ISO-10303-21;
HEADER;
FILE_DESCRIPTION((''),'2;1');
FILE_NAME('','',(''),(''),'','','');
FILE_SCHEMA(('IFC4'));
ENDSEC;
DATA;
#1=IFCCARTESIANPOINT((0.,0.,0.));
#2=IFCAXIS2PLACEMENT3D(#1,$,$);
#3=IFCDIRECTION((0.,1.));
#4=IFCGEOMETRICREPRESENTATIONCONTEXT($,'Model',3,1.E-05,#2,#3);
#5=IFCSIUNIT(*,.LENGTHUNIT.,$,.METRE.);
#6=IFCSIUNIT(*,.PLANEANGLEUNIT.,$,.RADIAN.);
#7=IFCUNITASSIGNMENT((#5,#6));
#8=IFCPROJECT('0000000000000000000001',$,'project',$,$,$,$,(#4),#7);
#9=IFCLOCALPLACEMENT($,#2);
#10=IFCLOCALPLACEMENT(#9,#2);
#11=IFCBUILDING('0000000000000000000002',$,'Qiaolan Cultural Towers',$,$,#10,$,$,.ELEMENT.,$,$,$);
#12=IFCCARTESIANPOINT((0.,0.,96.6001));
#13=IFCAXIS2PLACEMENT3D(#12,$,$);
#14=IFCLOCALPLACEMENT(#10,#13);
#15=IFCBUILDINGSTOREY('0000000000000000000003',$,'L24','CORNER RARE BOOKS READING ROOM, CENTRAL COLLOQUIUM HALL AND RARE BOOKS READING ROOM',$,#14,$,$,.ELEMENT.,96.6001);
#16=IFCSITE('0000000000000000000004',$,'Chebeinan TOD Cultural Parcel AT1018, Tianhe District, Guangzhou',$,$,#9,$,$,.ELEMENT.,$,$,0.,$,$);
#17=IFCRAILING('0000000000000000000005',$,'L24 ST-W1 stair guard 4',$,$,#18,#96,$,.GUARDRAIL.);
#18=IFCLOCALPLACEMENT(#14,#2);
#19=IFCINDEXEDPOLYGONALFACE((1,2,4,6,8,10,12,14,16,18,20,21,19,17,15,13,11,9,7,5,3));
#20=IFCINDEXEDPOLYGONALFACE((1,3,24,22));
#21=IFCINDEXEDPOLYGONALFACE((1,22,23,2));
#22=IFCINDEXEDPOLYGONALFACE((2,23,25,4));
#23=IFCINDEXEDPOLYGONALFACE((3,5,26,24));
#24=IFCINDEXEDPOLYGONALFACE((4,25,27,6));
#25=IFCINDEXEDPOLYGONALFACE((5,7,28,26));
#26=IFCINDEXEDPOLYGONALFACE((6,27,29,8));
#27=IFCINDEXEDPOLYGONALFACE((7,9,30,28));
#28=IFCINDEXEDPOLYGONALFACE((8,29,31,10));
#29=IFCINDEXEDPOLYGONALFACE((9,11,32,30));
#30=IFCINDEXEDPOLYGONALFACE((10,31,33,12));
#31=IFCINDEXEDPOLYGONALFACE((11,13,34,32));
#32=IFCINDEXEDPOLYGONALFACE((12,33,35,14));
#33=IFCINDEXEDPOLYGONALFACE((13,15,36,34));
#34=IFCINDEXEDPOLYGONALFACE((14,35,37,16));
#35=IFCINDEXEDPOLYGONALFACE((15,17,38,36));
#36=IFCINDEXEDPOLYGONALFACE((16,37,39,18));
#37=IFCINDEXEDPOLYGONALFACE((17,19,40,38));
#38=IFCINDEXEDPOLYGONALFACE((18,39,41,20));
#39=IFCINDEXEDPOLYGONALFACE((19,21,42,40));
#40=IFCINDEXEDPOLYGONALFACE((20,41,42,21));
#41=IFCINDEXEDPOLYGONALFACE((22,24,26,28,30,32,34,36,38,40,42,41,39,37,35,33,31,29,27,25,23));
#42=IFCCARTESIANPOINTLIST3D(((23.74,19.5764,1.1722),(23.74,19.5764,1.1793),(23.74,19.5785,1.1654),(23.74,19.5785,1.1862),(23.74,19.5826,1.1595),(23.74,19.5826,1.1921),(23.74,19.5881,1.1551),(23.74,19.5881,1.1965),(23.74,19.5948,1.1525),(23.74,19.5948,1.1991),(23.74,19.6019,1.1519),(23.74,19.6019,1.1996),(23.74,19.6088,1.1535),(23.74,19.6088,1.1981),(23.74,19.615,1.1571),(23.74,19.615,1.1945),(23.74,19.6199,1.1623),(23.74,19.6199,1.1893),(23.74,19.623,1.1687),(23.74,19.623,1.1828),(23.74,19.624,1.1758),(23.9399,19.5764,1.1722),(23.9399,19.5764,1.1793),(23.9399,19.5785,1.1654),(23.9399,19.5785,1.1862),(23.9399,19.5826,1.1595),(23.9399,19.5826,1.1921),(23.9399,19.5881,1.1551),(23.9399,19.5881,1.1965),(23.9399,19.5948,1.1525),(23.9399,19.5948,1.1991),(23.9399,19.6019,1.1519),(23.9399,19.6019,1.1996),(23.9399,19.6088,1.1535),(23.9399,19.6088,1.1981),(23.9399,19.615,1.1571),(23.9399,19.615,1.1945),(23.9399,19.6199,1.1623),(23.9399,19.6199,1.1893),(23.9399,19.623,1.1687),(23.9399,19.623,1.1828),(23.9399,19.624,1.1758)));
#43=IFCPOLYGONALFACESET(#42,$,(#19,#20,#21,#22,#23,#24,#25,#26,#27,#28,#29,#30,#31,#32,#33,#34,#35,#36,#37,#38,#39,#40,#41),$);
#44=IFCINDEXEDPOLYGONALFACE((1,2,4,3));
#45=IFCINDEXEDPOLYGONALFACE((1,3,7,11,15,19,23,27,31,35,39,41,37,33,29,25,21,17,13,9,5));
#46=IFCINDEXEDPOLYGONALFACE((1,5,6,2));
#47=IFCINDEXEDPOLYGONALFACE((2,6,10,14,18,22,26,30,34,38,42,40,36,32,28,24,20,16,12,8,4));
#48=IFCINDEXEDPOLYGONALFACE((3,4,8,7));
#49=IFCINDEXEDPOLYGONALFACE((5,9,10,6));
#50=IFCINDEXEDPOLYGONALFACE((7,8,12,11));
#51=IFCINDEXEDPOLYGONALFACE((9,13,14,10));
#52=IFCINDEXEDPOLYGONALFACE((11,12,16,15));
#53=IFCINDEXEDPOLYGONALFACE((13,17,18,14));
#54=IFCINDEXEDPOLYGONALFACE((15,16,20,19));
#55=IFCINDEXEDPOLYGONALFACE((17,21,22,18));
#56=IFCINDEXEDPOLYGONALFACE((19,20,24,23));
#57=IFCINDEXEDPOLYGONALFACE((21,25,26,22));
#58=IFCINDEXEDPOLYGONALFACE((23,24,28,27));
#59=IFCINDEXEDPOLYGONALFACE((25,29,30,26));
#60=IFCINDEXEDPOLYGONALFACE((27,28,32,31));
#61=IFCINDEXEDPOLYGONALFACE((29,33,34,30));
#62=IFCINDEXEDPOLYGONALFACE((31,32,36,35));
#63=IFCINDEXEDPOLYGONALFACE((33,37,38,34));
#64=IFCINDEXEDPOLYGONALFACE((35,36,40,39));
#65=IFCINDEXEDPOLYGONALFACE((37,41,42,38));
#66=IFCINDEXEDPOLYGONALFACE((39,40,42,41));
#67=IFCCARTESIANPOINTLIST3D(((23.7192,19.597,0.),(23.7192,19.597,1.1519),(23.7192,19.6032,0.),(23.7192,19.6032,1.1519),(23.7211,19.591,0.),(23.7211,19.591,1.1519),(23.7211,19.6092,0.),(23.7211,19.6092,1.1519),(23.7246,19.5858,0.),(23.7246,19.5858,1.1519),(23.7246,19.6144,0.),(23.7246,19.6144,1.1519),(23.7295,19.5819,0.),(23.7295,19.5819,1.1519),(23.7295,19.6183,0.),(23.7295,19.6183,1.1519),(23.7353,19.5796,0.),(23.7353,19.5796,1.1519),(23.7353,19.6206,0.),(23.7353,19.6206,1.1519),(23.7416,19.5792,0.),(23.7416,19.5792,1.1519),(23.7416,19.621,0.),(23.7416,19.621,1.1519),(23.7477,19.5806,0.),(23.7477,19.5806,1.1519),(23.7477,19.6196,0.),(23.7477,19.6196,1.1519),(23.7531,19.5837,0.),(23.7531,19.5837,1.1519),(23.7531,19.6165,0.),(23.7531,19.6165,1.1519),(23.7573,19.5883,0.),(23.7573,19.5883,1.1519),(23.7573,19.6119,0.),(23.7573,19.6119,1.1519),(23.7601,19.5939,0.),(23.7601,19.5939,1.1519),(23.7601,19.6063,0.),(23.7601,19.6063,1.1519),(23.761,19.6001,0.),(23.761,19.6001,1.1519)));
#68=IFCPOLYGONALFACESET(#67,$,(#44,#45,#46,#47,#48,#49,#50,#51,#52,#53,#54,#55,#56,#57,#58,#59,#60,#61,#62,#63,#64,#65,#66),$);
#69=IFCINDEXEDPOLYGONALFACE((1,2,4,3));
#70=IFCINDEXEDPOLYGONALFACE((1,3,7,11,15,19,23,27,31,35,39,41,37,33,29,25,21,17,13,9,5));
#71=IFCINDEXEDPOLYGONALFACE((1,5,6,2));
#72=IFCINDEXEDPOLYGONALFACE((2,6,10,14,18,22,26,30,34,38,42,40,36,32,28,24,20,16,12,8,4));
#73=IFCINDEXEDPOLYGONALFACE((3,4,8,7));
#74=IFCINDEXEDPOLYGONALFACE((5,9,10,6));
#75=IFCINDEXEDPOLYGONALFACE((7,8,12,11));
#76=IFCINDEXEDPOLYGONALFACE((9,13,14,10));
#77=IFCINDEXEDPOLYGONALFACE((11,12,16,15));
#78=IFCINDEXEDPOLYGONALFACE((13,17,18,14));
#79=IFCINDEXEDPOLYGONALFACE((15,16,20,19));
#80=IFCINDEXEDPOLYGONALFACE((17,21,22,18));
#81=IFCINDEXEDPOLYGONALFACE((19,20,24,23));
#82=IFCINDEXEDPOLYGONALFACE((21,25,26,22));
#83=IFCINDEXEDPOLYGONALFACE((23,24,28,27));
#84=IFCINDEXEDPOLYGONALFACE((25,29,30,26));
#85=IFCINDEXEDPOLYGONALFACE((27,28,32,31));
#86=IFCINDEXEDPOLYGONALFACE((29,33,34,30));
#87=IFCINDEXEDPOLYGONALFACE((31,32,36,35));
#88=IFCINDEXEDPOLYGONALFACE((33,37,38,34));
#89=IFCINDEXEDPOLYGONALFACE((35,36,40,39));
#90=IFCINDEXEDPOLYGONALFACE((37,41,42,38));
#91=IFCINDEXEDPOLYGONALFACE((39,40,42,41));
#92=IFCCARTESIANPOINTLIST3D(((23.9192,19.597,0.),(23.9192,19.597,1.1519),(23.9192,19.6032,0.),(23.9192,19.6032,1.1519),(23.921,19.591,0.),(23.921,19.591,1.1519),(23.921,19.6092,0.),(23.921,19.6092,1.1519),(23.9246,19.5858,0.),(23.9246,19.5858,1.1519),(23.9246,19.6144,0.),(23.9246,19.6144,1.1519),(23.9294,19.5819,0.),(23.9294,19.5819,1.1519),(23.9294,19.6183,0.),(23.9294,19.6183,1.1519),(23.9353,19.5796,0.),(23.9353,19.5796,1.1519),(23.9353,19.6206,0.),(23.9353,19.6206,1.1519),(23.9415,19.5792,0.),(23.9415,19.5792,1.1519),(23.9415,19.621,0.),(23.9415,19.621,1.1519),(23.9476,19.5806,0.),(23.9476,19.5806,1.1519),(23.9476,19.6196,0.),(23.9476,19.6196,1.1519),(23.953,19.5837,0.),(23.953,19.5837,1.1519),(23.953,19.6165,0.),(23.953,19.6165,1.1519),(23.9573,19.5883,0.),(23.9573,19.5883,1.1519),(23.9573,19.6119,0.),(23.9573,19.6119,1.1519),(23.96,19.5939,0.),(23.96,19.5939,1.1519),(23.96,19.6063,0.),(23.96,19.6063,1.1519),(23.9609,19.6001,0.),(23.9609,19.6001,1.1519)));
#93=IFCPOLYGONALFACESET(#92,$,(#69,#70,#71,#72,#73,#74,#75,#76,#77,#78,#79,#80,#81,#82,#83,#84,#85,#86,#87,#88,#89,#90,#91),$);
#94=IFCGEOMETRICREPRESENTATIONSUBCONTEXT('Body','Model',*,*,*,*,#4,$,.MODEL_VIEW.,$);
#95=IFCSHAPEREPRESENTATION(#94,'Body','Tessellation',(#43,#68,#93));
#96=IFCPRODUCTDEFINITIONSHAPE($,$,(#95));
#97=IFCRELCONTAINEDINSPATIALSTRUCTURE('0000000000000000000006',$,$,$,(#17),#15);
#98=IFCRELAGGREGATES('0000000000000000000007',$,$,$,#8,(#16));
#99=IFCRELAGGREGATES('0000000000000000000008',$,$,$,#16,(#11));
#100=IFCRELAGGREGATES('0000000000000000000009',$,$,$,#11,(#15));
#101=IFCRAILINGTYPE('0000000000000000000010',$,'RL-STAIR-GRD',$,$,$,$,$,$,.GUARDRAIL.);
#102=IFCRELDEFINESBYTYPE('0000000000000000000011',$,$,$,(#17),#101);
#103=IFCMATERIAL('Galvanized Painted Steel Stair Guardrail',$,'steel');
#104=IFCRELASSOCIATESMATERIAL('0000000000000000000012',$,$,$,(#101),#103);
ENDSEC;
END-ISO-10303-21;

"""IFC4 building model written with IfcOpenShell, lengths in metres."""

from ifc_helpers import new_model, si_unit, direction, frame, origin, origin_2d, place, context, subcontext, project, spatial, circle, extrude, material, type_object, element, save


model = new_model("IFC4")

# Units and contexts
model_context = context("Model", 3, precision=1e-05, world=origin(), true_north=direction((0.0, 1.0)))
body_context = subcontext(model_context, "Body", "Model", "MODEL_VIEW")
ifc_project = project(units=[si_unit("LENGTHUNIT", "METRE"), si_unit("PLANEANGLEUNIT", "RADIAN")], contexts=[model_context])

# Site, building, storey
site_placement = place(None, origin())
site = spatial("IfcSite", under=ifc_project, at=site_placement, Name="Chebeinan TOD Cultural Parcel AT1018, Tianhe District, Guangzhou", CompositionType="ELEMENT", RefElevation=0.0)
building_placement = place(site_placement, origin())
building = spatial("IfcBuilding", under=site, at=building_placement, Name="Qiaolan Cultural Towers", CompositionType="ELEMENT")
storey_placement = place(building_placement, frame((0.0, 0.0, 96.6001)))
storey = spatial("IfcBuildingStorey", under=building, at=storey_placement, Name="L24", Description="CORNER RARE BOOKS READING ROOM, CENTRAL COLLOQUIUM HALL AND RARE BOOKS READING ROOM", CompositionType="ELEMENT", Elevation=96.6001)

# Railing
ifc_material_1 = material(Name="Galvanized Painted Steel Stair Guardrail", Category="steel")
railing_type_1 = type_object("IfcRailingType", Name="RL-STAIR-GRD", PredefinedType="GUARDRAIL", material=ifc_material_1)
railing_1_placement = place(storey_placement, frame((23.74, 19.6001, 0.0)))
element("IfcRailing", 1, at=railing_1_placement, inside=storey, type_object=railing_type_1, Name="L24 ST-W1 stair guard 4", PredefinedType="GUARDRAIL", context=body_context, shape_type="SweptSolid", body=[
    extrude(circle(Radius=0.0239, at=origin_2d()), frame((0.0, 0.0, 1.1758), z_axis=(1.0, 0.0, 0.0), x_axis=(0.0, 1.0, 0.0)), (0.0, 0.0, 1.0), 0.2),
    extrude(circle(Radius=0.021, at=origin_2d()), origin(), (0.0, 0.0, 1.0), 1.1519),
    extrude(circle(Radius=0.021, at=origin_2d()), frame((0.2, 0.0, 0.0)), (0.0, 0.0, 1.0), 1.1519),
])

save(model, "model.ifc")
